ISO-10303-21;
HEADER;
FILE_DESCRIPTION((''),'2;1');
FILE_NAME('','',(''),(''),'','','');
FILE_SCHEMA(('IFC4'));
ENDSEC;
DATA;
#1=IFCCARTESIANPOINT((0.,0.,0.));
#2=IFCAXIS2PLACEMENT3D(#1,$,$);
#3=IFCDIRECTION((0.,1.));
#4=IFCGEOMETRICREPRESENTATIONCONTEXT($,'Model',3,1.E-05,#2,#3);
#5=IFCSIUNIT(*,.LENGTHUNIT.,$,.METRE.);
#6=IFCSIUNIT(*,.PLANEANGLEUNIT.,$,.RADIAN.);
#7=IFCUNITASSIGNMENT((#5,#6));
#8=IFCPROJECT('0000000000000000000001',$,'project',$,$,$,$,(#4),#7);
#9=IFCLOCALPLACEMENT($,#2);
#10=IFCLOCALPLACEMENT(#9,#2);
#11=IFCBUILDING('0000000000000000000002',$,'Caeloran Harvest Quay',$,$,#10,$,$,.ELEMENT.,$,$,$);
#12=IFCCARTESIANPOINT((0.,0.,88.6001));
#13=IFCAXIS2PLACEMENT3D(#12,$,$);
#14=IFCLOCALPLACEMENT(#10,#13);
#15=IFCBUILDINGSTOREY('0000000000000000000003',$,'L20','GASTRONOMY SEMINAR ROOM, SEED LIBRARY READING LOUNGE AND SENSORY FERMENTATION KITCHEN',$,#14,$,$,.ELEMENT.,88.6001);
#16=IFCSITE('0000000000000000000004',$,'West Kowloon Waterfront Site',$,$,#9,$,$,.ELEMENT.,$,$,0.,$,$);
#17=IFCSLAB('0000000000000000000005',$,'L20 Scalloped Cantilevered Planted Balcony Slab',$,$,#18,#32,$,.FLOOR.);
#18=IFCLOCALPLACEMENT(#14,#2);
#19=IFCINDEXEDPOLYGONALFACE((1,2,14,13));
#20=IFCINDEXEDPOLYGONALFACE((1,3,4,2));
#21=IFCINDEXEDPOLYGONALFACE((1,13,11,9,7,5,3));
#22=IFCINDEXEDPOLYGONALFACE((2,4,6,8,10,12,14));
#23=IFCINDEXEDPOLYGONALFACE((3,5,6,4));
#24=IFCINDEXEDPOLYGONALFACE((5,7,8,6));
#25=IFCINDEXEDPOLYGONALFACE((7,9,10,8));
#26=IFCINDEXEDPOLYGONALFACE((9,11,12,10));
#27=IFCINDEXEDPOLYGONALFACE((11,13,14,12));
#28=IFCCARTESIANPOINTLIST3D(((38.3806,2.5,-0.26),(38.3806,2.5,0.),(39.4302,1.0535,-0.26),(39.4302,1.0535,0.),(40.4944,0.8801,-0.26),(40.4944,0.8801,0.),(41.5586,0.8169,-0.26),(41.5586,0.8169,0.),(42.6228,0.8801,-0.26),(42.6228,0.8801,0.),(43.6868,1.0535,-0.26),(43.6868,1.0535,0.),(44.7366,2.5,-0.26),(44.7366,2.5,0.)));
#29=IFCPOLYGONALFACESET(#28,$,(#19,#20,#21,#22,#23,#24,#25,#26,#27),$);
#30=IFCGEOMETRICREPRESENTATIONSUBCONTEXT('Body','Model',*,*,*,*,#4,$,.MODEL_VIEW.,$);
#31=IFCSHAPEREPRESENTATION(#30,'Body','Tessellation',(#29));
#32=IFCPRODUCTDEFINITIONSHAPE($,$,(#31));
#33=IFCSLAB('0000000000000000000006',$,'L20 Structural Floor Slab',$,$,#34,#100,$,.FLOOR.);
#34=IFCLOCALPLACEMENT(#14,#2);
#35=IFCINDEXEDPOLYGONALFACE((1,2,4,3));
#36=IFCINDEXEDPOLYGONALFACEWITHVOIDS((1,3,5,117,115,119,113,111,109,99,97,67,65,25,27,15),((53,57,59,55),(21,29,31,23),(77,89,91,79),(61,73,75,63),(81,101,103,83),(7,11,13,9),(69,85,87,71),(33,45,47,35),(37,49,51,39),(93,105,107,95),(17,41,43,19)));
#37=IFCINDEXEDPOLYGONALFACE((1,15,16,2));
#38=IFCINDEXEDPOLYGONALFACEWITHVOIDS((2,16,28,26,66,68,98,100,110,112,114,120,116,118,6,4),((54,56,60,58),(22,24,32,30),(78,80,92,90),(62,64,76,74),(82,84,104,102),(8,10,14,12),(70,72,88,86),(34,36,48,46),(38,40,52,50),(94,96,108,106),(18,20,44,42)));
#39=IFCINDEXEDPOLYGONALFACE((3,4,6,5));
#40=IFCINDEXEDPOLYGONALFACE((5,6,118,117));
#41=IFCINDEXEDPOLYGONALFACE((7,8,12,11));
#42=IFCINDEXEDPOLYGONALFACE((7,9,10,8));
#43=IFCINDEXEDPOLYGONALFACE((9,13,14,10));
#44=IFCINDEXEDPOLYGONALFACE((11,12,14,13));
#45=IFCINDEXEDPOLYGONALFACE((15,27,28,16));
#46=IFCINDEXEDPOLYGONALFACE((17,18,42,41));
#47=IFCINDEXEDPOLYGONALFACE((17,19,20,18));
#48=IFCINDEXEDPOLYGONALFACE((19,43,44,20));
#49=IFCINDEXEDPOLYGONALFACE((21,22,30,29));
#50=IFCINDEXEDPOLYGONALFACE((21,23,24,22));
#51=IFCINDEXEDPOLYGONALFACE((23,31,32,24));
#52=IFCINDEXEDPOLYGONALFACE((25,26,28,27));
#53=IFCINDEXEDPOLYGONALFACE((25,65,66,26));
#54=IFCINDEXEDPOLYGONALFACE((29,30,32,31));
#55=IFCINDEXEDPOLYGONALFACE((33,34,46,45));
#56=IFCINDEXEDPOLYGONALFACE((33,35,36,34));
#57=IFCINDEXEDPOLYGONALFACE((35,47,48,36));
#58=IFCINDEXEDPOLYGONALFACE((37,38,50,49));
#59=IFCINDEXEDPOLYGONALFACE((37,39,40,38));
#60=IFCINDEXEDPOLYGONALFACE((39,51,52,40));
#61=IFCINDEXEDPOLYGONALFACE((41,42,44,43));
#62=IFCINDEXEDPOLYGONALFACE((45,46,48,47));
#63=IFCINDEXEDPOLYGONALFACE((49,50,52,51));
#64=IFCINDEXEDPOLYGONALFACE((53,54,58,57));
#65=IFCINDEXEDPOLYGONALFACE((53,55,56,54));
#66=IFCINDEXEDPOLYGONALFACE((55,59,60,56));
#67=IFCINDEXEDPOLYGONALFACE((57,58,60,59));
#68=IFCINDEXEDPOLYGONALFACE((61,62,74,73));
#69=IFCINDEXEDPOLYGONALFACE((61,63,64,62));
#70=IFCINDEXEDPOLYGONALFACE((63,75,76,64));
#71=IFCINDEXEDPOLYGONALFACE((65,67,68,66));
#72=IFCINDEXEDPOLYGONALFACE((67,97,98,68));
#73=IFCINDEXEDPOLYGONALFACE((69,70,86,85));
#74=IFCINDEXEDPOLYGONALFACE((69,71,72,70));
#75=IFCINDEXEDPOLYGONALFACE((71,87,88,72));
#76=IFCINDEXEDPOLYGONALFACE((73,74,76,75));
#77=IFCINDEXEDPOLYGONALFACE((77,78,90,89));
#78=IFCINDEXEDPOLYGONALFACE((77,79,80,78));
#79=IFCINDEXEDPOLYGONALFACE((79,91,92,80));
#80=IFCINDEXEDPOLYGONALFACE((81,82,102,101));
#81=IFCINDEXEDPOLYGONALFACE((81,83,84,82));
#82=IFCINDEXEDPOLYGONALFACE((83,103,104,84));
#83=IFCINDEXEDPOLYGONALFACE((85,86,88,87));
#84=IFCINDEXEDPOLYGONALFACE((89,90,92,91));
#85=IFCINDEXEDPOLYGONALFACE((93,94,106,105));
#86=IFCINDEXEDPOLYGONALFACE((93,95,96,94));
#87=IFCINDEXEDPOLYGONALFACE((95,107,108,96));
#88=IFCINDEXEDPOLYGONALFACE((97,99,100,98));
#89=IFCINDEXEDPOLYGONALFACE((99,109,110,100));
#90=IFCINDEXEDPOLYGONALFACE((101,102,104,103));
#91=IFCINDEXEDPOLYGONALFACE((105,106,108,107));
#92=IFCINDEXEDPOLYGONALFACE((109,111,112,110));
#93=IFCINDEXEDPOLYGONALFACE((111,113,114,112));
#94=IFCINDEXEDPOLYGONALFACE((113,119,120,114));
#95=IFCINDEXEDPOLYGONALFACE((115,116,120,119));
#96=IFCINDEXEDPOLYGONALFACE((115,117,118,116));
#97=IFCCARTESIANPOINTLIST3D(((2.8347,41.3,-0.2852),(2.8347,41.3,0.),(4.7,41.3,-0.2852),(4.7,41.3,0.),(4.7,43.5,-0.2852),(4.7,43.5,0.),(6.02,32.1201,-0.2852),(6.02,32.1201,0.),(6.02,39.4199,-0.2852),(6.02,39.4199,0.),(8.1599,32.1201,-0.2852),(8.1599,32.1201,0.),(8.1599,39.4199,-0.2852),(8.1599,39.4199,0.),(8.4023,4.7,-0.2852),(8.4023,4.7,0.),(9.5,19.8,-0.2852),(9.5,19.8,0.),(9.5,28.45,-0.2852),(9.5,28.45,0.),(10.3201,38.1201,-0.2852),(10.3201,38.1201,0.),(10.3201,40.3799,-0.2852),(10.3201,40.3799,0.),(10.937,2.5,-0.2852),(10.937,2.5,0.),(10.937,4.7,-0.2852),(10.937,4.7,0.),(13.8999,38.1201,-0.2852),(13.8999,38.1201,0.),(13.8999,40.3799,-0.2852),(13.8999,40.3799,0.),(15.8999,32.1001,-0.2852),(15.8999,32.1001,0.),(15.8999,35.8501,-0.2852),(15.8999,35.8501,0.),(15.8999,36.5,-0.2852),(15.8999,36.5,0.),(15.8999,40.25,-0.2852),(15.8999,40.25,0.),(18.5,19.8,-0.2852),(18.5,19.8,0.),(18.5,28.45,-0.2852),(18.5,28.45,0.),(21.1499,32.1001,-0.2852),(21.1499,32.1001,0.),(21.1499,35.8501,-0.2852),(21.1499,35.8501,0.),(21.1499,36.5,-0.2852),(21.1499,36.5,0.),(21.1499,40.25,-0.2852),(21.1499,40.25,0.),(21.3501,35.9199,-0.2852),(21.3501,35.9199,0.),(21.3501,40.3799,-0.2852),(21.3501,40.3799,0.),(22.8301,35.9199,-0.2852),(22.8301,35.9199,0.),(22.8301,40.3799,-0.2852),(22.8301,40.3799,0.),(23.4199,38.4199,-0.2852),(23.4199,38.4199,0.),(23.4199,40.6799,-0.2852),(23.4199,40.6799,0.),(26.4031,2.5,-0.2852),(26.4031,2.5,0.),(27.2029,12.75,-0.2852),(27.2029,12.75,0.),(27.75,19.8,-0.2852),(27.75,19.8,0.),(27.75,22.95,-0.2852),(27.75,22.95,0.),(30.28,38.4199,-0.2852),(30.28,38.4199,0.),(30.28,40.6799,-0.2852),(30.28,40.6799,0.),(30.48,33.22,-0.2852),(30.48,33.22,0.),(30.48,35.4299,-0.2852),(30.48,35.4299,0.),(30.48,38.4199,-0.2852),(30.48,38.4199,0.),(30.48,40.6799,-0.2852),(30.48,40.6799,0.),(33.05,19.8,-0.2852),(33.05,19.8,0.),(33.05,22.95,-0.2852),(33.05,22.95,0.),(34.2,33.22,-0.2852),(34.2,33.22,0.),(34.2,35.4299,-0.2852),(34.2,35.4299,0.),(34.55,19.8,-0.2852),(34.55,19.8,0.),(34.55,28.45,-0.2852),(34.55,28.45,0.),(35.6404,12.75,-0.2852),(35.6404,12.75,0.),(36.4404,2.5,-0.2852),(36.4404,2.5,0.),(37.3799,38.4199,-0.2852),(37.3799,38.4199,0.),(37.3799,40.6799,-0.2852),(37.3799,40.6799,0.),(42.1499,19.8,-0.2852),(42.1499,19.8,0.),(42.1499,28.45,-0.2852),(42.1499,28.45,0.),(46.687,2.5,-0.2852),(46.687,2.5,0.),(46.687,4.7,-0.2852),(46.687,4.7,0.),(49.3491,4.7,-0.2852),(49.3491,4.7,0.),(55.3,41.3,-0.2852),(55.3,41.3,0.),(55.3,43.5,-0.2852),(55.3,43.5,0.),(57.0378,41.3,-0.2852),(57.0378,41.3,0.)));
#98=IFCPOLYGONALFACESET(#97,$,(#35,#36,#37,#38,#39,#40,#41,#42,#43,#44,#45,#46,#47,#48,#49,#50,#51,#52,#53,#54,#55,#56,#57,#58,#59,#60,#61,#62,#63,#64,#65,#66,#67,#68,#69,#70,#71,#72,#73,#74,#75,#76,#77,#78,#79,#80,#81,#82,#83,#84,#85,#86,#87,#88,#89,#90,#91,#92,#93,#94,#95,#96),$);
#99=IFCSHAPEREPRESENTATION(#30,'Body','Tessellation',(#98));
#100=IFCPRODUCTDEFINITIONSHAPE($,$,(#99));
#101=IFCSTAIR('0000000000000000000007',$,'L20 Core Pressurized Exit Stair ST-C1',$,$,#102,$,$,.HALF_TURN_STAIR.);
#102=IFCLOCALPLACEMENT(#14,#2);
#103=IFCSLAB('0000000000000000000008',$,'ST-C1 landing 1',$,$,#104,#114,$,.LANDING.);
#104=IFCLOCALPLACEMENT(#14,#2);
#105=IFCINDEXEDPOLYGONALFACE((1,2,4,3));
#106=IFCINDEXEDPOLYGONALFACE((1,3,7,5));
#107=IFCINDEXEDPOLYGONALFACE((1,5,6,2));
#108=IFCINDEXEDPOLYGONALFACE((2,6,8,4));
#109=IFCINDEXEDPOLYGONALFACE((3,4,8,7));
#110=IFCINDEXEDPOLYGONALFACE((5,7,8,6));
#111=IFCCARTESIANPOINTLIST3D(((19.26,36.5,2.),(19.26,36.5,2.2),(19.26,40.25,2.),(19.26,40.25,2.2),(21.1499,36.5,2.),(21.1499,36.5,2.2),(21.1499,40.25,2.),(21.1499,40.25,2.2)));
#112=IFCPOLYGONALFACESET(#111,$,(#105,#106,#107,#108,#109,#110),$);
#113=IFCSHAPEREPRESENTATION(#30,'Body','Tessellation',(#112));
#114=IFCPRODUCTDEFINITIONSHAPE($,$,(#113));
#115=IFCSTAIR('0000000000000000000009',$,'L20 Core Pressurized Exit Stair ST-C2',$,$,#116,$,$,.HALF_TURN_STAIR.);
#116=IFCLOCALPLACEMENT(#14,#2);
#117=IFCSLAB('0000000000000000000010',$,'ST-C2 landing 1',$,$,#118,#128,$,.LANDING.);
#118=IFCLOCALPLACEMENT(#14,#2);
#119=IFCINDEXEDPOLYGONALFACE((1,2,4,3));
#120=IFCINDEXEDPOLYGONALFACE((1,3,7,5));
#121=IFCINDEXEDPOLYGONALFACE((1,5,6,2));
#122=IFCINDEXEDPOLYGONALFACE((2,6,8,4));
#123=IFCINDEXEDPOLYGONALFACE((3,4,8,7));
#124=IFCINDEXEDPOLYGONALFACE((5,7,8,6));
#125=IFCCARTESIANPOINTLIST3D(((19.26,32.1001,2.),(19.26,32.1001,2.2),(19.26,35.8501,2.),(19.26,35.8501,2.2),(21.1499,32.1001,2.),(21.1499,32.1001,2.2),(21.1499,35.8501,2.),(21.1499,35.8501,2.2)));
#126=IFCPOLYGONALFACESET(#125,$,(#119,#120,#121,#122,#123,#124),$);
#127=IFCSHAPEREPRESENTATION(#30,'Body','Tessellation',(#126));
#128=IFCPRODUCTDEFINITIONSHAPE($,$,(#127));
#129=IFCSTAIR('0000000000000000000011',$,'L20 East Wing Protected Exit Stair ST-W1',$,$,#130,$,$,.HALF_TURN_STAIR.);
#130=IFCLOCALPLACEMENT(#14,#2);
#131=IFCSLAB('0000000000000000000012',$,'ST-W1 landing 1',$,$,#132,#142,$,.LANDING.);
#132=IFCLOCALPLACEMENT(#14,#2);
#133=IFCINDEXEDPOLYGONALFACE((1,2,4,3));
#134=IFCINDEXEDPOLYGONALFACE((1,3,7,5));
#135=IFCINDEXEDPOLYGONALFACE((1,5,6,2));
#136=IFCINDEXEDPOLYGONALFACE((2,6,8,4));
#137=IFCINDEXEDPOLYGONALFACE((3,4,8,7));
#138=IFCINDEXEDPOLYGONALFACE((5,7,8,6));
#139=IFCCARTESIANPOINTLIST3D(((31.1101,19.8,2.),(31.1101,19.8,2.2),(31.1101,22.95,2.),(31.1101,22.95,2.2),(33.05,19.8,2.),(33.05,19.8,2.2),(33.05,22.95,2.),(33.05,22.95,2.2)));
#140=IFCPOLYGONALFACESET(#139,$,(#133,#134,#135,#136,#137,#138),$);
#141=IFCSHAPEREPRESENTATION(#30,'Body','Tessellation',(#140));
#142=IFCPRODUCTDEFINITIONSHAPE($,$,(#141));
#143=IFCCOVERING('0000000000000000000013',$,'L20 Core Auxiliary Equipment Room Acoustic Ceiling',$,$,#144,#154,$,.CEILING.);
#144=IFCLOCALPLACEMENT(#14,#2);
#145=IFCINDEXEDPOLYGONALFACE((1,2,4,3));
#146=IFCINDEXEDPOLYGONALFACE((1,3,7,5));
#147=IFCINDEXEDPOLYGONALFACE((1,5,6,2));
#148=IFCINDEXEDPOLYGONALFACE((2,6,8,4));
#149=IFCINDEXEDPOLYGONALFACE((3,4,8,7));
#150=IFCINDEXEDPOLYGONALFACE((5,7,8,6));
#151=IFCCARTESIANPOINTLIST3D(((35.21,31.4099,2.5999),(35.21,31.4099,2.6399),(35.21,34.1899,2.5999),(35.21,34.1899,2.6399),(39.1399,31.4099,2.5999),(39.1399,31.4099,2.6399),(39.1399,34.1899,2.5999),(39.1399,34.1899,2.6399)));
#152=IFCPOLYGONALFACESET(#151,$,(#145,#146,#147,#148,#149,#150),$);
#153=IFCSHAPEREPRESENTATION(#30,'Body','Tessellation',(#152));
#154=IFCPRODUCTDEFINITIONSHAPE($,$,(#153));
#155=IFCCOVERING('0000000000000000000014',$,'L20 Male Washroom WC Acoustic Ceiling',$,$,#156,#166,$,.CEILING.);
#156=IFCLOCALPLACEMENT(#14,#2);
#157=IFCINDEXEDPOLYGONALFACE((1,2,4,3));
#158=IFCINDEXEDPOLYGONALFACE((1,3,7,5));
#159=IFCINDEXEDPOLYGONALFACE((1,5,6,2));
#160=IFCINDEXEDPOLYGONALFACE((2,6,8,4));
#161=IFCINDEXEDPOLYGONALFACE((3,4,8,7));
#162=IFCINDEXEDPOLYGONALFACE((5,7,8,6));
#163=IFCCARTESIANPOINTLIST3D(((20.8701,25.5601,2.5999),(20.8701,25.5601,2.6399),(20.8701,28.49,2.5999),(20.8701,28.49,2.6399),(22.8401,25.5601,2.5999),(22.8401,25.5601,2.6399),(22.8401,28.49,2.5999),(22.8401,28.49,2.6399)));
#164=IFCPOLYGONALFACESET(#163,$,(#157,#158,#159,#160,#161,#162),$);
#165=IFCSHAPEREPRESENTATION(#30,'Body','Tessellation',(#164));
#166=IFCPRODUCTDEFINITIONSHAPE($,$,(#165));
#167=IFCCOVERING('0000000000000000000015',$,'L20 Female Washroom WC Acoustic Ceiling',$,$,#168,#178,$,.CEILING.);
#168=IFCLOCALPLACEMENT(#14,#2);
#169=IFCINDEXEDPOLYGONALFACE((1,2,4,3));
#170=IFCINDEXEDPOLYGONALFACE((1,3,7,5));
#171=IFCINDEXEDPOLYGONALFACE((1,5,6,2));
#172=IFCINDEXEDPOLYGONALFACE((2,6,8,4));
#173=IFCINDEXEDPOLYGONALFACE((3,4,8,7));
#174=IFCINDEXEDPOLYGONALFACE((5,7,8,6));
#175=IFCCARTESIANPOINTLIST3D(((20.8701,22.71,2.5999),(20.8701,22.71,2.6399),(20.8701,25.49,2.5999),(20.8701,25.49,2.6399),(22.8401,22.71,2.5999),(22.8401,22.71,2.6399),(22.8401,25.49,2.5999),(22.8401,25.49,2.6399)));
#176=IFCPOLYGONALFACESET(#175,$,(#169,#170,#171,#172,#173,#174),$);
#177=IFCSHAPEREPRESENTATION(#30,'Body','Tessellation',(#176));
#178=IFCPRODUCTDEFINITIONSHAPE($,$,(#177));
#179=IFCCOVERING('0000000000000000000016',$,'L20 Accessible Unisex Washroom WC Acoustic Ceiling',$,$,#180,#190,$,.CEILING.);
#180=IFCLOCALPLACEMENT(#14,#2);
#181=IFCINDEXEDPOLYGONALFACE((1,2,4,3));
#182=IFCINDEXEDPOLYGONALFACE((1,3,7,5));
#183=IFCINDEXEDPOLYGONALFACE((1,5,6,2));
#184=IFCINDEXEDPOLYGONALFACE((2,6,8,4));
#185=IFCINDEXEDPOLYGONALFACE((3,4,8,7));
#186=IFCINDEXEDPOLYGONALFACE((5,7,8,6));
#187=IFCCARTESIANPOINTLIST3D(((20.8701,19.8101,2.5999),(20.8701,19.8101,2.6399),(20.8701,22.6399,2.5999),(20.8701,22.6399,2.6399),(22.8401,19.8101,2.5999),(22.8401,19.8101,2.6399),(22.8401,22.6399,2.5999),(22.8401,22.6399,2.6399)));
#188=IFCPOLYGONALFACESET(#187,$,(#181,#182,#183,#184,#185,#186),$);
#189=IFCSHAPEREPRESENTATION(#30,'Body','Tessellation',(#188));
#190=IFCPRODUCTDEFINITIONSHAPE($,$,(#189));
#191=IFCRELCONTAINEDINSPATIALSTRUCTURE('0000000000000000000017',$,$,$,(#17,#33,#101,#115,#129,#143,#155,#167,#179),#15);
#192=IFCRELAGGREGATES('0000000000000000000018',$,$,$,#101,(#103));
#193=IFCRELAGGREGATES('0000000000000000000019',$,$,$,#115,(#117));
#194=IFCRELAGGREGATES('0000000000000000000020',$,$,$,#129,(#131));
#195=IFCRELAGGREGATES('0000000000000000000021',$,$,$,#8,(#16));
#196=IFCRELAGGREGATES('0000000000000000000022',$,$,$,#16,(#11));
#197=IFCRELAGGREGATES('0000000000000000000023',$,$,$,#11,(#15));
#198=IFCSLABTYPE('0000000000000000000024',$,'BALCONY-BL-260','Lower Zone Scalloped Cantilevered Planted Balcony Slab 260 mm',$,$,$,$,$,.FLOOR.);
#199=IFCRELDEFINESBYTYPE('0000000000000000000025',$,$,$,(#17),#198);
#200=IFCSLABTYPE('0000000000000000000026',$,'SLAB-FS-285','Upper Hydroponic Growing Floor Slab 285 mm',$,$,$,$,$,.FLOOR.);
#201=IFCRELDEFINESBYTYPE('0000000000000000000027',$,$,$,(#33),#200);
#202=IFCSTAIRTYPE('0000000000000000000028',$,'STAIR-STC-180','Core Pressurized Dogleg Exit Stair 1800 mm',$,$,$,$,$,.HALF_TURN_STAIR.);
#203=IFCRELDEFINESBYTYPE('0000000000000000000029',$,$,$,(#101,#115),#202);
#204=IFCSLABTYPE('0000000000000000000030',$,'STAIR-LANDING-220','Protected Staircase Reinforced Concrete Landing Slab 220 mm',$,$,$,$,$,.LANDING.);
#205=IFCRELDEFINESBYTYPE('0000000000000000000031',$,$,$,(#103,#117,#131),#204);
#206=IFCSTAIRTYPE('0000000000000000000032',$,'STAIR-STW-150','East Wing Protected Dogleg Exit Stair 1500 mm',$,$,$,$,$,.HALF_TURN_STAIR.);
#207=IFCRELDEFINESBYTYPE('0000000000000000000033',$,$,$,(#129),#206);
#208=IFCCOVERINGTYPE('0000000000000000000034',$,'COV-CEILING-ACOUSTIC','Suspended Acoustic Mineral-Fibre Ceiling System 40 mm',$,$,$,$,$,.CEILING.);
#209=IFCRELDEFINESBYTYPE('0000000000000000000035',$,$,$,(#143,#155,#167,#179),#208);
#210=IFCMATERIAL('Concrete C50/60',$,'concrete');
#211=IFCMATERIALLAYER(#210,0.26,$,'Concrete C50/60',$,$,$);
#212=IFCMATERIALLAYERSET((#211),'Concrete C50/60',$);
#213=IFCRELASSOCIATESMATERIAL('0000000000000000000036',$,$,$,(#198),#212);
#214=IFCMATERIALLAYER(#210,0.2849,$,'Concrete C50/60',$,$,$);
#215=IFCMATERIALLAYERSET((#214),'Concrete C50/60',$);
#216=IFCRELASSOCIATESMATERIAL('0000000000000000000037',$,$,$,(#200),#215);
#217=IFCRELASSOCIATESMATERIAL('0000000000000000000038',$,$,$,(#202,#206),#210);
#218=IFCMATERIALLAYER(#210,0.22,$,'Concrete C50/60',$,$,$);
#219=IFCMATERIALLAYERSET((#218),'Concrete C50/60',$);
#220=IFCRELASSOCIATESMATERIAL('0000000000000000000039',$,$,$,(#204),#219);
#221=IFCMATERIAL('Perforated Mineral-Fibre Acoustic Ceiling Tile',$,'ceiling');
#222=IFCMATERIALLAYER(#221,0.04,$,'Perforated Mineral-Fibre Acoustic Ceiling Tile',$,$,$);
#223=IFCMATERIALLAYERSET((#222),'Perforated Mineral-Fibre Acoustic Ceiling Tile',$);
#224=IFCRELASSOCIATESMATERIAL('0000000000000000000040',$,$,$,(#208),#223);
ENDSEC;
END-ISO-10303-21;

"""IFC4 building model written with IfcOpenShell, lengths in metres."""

from ifc_helpers import new_model, si_unit, direction, frame, origin, place, context, subcontext, project, spatial, polyline, outline, extrude, material, layer, layer_set, type_object, element, aggregate, save


model = new_model("IFC4")

# Units and contexts
model_context = context("Model", 3, precision=1e-05, world=origin(), true_north=direction((0.0, 1.0)))
body_context = subcontext(model_context, "Body", "Model", "MODEL_VIEW")
ifc_project = project(units=[si_unit("LENGTHUNIT", "METRE"), si_unit("PLANEANGLEUNIT", "RADIAN")], contexts=[model_context])

# Site, building, storey
site_placement = place(None, origin())
site = spatial("IfcSite", under=ifc_project, at=site_placement, Name="West Kowloon Waterfront Site", CompositionType="ELEMENT", RefElevation=0.0)
building_placement = place(site_placement, origin())
building = spatial("IfcBuilding", under=site, at=building_placement, Name="Caeloran Harvest Quay", CompositionType="ELEMENT")
storey_placement = place(building_placement, frame((0.0, 0.0, 88.6001)))
storey = spatial("IfcBuildingStorey", under=building, at=storey_placement, Name="L20", Description="GASTRONOMY SEMINAR ROOM, SEED LIBRARY READING LOUNGE AND SENSORY FERMENTATION KITCHEN", CompositionType="ELEMENT", Elevation=88.6001)

# Slabs
ifc_material_1 = material(Name="Concrete C50/60", Category="concrete")
ifc_layer_1 = layer(ifc_material_1, 0.26, Name="Concrete C50/60")
ifc_layer_set_1 = layer_set([ifc_layer_1], Name="Concrete C50/60")
slab_type_1 = type_object("IfcSlabType", Name="BALCONY-BL-260", Description="Lower Zone Scalloped Cantilevered Planted Balcony Slab 260 mm", PredefinedType="FLOOR", material=ifc_layer_set_1)
slab_1_placement = place(storey_placement, frame((0.0, 0.0, -0.26)))
element("IfcSlab", 1, at=slab_1_placement, inside=storey, type_object=slab_type_1, Name="L20 Scalloped Cantilevered Planted Balcony Slab", PredefinedType="FLOOR", context=body_context, shape_type="SweptSolid", body=[
    extrude(outline(polyline([(43.6868, 1.0535), (42.6228, 0.8801), (41.5586, 0.8169), (40.4944, 0.8801), (39.4302, 1.0535), (38.3806, 2.5), (44.7366, 2.5), (43.6868, 1.0535)])), origin(), (0.0, 0.0, 1.0), 0.26),
])
ifc_layer_2 = layer(ifc_material_1, 0.2849, Name="Concrete C50/60")
ifc_layer_set_2 = layer_set([ifc_layer_2], Name="Concrete C50/60")
slab_type_2 = type_object("IfcSlabType", Name="SLAB-FS-285", Description="Upper Hydroponic Growing Floor Slab 285 mm", PredefinedType="FLOOR", material=ifc_layer_set_2)
slab_2_placement = place(storey_placement, frame((0.0, 0.0, -0.2852)))
element("IfcSlab", 2, at=slab_2_placement, inside=storey, type_object=slab_type_2, Name="L20 Structural Floor Slab", PredefinedType="FLOOR", context=body_context, shape_type="SweptSolid", body=[
    extrude(outline(polyline([(10.937, 2.5), (26.4031, 2.5), (27.2029, 12.75), (35.6404, 12.75), (36.4404, 2.5), (46.687, 2.5), (46.687, 4.7), (49.3491, 4.7), (57.0378, 41.3), (55.3, 41.3), (55.3, 43.5), (4.7, 43.5), (4.7, 41.3), (2.8347, 41.3), (8.4023, 4.7), (10.937, 4.7), (10.937, 2.5)]), holes=[polyline([(18.5, 19.8), (9.5, 19.8), (9.5, 28.45), (18.5, 28.45), (18.5, 19.8)]), polyline([(15.8999, 32.1001), (15.8999, 35.8501), (21.1499, 35.8501), (21.1499, 32.1001), (15.8999, 32.1001)]), polyline([(8.1599, 32.1201), (6.02, 32.1201), (6.02, 39.4199), (8.1599, 39.4199), (8.1599, 32.1201)]), polyline([(21.3501, 35.9199), (21.3501, 40.3799), (22.8301, 40.3799), (22.8301, 35.9199), (21.3501, 35.9199)]), polyline([(15.8999, 40.25), (21.1499, 40.25), (21.1499, 36.5), (15.8999, 36.5), (15.8999, 40.25)]), polyline([(13.8999, 38.1201), (10.3201, 38.1201), (10.3201, 40.3799), (13.8999, 40.3799), (13.8999, 38.1201)]), polyline([(27.75, 22.95), (33.05, 22.95), (33.05, 19.8), (27.75, 19.8), (27.75, 22.95)]), polyline([(34.55, 19.8), (34.55, 28.45), (42.1499, 28.45), (42.1499, 19.8), (34.55, 19.8)]), polyline([(34.2, 33.22), (30.48, 33.22), (30.48, 35.4299), (34.2, 35.4299), (34.2, 33.22)]), polyline([(23.4199, 38.4199), (23.4199, 40.6799), (30.28, 40.6799), (30.28, 38.4199), (23.4199, 38.4199)]), polyline([(30.48, 38.4199), (30.48, 40.6799), (37.3799, 40.6799), (37.3799, 38.4199), (30.48, 38.4199)])]), origin(), (0.0, 0.0, 1.0), 0.2852),
])

# Stairs, slabs
stair_type_1 = type_object("IfcStairType", Name="STAIR-STC-180", Description="Core Pressurized Dogleg Exit Stair 1800 mm", PredefinedType="HALF_TURN_STAIR", material=ifc_material_1)
stair_1_placement = place(storey_placement, origin())
stair_1 = element("IfcStair", 3, at=stair_1_placement, inside=storey, type_object=stair_type_1, Name="L20 Core Pressurized Exit Stair ST-C1", PredefinedType="HALF_TURN_STAIR")
ifc_layer_3 = layer(ifc_material_1, 0.22, Name="Concrete C50/60")
ifc_layer_set_3 = layer_set([ifc_layer_3], Name="Concrete C50/60")
slab_type_3 = type_object("IfcSlabType", Name="STAIR-LANDING-220", Description="Protected Staircase Reinforced Concrete Landing Slab 220 mm", PredefinedType="LANDING", material=ifc_layer_set_3)
slab_3_placement = place(storey_placement, frame((0.0, 0.0, 2.0)))
slab_3 = element("IfcSlab", 4, at=slab_3_placement, type_object=slab_type_3, Name="ST-C1 landing 1", PredefinedType="LANDING", context=body_context, shape_type="SweptSolid", body=[
    extrude(outline(polyline([(19.26, 36.5), (21.1499, 36.5), (21.1499, 40.25), (19.26, 40.25), (19.26, 36.5)])), origin(), (0.0, 0.0, 1.0), 0.2),
])
aggregate(stair_1, [slab_3])
stair_2_placement = place(storey_placement, origin())
stair_2 = element("IfcStair", 5, at=stair_2_placement, inside=storey, type_object=stair_type_1, Name="L20 Core Pressurized Exit Stair ST-C2", PredefinedType="HALF_TURN_STAIR")
slab_4_placement = place(storey_placement, frame((0.0, 0.0, 2.0)))
slab_4 = element("IfcSlab", 6, at=slab_4_placement, type_object=slab_type_3, Name="ST-C2 landing 1", PredefinedType="LANDING", context=body_context, shape_type="SweptSolid", body=[
    extrude(outline(polyline([(19.26, 32.1001), (21.1499, 32.1001), (21.1499, 35.8501), (19.26, 35.8501), (19.26, 32.1001)])), origin(), (0.0, 0.0, 1.0), 0.2),
])
aggregate(stair_2, [slab_4])
stair_type_2 = type_object("IfcStairType", Name="STAIR-STW-150", Description="East Wing Protected Dogleg Exit Stair 1500 mm", PredefinedType="HALF_TURN_STAIR", material=ifc_material_1)
stair_3_placement = place(storey_placement, origin())
stair_3 = element("IfcStair", 7, at=stair_3_placement, inside=storey, type_object=stair_type_2, Name="L20 East Wing Protected Exit Stair ST-W1", PredefinedType="HALF_TURN_STAIR")
slab_5_placement = place(storey_placement, frame((0.0, 0.0, 2.0)))
slab_5 = element("IfcSlab", 8, at=slab_5_placement, type_object=slab_type_3, Name="ST-W1 landing 1", PredefinedType="LANDING", context=body_context, shape_type="SweptSolid", body=[
    extrude(outline(polyline([(31.1101, 19.8), (33.05, 19.8), (33.05, 22.95), (31.1101, 22.95), (31.1101, 19.8)])), origin(), (0.0, 0.0, 1.0), 0.2),
])
aggregate(stair_3, [slab_5])

# Coverings
ifc_material_2 = material(Name="Perforated Mineral-Fibre Acoustic Ceiling Tile", Category="ceiling")
ifc_layer_4 = layer(ifc_material_2, 0.04, Name="Perforated Mineral-Fibre Acoustic Ceiling Tile")
ifc_layer_set_4 = layer_set([ifc_layer_4], Name="Perforated Mineral-Fibre Acoustic Ceiling Tile")
covering_type_1 = type_object("IfcCoveringType", Name="COV-CEILING-ACOUSTIC", Description="Suspended Acoustic Mineral-Fibre Ceiling System 40 mm", PredefinedType="CEILING", material=ifc_layer_set_4)
covering_1_placement = place(storey_placement, frame((0.0, 0.0, 2.5999)))
element("IfcCovering", 9, at=covering_1_placement, inside=storey, type_object=covering_type_1, Name="L20 Core Auxiliary Equipment Room Acoustic Ceiling", PredefinedType="CEILING", context=body_context, shape_type="SweptSolid", body=[
    extrude(outline(polyline([(39.1399, 34.1899), (39.1399, 31.4099), (35.21, 31.4099), (35.21, 34.1899), (39.1399, 34.1899)])), origin(), (0.0, 0.0, 1.0), 0.04),
])
covering_2_placement = place(storey_placement, frame((0.0, 0.0, 2.5999)))
element("IfcCovering", 10, at=covering_2_placement, inside=storey, type_object=covering_type_1, Name="L20 Male Washroom WC Acoustic Ceiling", PredefinedType="CEILING", context=body_context, shape_type="SweptSolid", body=[
    extrude(outline(polyline([(22.8401, 25.5601), (20.8701, 25.5601), (20.8701, 28.49), (22.8401, 28.49), (22.8401, 25.5601)])), origin(), (0.0, 0.0, 1.0), 0.04),
])
covering_3_placement = place(storey_placement, frame((0.0, 0.0, 2.5999)))
element("IfcCovering", 11, at=covering_3_placement, inside=storey, type_object=covering_type_1, Name="L20 Female Washroom WC Acoustic Ceiling", PredefinedType="CEILING", context=body_context, shape_type="SweptSolid", body=[
    extrude(outline(polyline([(22.8401, 22.71), (20.8701, 22.71), (20.8701, 25.49), (22.8401, 25.49), (22.8401, 22.71)])), origin(), (0.0, 0.0, 1.0), 0.04),
])
covering_4_placement = place(storey_placement, frame((0.0, 0.0, 2.5999)))
element("IfcCovering", 12, at=covering_4_placement, inside=storey, type_object=covering_type_1, Name="L20 Accessible Unisex Washroom WC Acoustic Ceiling", PredefinedType="CEILING", context=body_context, shape_type="SweptSolid", body=[
    extrude(outline(polyline([(22.8401, 19.8101), (20.8701, 19.8101), (20.8701, 22.6399), (22.8401, 22.6399), (22.8401, 19.8101)])), origin(), (0.0, 0.0, 1.0), 0.04),
])

save(model, "model.ifc")
